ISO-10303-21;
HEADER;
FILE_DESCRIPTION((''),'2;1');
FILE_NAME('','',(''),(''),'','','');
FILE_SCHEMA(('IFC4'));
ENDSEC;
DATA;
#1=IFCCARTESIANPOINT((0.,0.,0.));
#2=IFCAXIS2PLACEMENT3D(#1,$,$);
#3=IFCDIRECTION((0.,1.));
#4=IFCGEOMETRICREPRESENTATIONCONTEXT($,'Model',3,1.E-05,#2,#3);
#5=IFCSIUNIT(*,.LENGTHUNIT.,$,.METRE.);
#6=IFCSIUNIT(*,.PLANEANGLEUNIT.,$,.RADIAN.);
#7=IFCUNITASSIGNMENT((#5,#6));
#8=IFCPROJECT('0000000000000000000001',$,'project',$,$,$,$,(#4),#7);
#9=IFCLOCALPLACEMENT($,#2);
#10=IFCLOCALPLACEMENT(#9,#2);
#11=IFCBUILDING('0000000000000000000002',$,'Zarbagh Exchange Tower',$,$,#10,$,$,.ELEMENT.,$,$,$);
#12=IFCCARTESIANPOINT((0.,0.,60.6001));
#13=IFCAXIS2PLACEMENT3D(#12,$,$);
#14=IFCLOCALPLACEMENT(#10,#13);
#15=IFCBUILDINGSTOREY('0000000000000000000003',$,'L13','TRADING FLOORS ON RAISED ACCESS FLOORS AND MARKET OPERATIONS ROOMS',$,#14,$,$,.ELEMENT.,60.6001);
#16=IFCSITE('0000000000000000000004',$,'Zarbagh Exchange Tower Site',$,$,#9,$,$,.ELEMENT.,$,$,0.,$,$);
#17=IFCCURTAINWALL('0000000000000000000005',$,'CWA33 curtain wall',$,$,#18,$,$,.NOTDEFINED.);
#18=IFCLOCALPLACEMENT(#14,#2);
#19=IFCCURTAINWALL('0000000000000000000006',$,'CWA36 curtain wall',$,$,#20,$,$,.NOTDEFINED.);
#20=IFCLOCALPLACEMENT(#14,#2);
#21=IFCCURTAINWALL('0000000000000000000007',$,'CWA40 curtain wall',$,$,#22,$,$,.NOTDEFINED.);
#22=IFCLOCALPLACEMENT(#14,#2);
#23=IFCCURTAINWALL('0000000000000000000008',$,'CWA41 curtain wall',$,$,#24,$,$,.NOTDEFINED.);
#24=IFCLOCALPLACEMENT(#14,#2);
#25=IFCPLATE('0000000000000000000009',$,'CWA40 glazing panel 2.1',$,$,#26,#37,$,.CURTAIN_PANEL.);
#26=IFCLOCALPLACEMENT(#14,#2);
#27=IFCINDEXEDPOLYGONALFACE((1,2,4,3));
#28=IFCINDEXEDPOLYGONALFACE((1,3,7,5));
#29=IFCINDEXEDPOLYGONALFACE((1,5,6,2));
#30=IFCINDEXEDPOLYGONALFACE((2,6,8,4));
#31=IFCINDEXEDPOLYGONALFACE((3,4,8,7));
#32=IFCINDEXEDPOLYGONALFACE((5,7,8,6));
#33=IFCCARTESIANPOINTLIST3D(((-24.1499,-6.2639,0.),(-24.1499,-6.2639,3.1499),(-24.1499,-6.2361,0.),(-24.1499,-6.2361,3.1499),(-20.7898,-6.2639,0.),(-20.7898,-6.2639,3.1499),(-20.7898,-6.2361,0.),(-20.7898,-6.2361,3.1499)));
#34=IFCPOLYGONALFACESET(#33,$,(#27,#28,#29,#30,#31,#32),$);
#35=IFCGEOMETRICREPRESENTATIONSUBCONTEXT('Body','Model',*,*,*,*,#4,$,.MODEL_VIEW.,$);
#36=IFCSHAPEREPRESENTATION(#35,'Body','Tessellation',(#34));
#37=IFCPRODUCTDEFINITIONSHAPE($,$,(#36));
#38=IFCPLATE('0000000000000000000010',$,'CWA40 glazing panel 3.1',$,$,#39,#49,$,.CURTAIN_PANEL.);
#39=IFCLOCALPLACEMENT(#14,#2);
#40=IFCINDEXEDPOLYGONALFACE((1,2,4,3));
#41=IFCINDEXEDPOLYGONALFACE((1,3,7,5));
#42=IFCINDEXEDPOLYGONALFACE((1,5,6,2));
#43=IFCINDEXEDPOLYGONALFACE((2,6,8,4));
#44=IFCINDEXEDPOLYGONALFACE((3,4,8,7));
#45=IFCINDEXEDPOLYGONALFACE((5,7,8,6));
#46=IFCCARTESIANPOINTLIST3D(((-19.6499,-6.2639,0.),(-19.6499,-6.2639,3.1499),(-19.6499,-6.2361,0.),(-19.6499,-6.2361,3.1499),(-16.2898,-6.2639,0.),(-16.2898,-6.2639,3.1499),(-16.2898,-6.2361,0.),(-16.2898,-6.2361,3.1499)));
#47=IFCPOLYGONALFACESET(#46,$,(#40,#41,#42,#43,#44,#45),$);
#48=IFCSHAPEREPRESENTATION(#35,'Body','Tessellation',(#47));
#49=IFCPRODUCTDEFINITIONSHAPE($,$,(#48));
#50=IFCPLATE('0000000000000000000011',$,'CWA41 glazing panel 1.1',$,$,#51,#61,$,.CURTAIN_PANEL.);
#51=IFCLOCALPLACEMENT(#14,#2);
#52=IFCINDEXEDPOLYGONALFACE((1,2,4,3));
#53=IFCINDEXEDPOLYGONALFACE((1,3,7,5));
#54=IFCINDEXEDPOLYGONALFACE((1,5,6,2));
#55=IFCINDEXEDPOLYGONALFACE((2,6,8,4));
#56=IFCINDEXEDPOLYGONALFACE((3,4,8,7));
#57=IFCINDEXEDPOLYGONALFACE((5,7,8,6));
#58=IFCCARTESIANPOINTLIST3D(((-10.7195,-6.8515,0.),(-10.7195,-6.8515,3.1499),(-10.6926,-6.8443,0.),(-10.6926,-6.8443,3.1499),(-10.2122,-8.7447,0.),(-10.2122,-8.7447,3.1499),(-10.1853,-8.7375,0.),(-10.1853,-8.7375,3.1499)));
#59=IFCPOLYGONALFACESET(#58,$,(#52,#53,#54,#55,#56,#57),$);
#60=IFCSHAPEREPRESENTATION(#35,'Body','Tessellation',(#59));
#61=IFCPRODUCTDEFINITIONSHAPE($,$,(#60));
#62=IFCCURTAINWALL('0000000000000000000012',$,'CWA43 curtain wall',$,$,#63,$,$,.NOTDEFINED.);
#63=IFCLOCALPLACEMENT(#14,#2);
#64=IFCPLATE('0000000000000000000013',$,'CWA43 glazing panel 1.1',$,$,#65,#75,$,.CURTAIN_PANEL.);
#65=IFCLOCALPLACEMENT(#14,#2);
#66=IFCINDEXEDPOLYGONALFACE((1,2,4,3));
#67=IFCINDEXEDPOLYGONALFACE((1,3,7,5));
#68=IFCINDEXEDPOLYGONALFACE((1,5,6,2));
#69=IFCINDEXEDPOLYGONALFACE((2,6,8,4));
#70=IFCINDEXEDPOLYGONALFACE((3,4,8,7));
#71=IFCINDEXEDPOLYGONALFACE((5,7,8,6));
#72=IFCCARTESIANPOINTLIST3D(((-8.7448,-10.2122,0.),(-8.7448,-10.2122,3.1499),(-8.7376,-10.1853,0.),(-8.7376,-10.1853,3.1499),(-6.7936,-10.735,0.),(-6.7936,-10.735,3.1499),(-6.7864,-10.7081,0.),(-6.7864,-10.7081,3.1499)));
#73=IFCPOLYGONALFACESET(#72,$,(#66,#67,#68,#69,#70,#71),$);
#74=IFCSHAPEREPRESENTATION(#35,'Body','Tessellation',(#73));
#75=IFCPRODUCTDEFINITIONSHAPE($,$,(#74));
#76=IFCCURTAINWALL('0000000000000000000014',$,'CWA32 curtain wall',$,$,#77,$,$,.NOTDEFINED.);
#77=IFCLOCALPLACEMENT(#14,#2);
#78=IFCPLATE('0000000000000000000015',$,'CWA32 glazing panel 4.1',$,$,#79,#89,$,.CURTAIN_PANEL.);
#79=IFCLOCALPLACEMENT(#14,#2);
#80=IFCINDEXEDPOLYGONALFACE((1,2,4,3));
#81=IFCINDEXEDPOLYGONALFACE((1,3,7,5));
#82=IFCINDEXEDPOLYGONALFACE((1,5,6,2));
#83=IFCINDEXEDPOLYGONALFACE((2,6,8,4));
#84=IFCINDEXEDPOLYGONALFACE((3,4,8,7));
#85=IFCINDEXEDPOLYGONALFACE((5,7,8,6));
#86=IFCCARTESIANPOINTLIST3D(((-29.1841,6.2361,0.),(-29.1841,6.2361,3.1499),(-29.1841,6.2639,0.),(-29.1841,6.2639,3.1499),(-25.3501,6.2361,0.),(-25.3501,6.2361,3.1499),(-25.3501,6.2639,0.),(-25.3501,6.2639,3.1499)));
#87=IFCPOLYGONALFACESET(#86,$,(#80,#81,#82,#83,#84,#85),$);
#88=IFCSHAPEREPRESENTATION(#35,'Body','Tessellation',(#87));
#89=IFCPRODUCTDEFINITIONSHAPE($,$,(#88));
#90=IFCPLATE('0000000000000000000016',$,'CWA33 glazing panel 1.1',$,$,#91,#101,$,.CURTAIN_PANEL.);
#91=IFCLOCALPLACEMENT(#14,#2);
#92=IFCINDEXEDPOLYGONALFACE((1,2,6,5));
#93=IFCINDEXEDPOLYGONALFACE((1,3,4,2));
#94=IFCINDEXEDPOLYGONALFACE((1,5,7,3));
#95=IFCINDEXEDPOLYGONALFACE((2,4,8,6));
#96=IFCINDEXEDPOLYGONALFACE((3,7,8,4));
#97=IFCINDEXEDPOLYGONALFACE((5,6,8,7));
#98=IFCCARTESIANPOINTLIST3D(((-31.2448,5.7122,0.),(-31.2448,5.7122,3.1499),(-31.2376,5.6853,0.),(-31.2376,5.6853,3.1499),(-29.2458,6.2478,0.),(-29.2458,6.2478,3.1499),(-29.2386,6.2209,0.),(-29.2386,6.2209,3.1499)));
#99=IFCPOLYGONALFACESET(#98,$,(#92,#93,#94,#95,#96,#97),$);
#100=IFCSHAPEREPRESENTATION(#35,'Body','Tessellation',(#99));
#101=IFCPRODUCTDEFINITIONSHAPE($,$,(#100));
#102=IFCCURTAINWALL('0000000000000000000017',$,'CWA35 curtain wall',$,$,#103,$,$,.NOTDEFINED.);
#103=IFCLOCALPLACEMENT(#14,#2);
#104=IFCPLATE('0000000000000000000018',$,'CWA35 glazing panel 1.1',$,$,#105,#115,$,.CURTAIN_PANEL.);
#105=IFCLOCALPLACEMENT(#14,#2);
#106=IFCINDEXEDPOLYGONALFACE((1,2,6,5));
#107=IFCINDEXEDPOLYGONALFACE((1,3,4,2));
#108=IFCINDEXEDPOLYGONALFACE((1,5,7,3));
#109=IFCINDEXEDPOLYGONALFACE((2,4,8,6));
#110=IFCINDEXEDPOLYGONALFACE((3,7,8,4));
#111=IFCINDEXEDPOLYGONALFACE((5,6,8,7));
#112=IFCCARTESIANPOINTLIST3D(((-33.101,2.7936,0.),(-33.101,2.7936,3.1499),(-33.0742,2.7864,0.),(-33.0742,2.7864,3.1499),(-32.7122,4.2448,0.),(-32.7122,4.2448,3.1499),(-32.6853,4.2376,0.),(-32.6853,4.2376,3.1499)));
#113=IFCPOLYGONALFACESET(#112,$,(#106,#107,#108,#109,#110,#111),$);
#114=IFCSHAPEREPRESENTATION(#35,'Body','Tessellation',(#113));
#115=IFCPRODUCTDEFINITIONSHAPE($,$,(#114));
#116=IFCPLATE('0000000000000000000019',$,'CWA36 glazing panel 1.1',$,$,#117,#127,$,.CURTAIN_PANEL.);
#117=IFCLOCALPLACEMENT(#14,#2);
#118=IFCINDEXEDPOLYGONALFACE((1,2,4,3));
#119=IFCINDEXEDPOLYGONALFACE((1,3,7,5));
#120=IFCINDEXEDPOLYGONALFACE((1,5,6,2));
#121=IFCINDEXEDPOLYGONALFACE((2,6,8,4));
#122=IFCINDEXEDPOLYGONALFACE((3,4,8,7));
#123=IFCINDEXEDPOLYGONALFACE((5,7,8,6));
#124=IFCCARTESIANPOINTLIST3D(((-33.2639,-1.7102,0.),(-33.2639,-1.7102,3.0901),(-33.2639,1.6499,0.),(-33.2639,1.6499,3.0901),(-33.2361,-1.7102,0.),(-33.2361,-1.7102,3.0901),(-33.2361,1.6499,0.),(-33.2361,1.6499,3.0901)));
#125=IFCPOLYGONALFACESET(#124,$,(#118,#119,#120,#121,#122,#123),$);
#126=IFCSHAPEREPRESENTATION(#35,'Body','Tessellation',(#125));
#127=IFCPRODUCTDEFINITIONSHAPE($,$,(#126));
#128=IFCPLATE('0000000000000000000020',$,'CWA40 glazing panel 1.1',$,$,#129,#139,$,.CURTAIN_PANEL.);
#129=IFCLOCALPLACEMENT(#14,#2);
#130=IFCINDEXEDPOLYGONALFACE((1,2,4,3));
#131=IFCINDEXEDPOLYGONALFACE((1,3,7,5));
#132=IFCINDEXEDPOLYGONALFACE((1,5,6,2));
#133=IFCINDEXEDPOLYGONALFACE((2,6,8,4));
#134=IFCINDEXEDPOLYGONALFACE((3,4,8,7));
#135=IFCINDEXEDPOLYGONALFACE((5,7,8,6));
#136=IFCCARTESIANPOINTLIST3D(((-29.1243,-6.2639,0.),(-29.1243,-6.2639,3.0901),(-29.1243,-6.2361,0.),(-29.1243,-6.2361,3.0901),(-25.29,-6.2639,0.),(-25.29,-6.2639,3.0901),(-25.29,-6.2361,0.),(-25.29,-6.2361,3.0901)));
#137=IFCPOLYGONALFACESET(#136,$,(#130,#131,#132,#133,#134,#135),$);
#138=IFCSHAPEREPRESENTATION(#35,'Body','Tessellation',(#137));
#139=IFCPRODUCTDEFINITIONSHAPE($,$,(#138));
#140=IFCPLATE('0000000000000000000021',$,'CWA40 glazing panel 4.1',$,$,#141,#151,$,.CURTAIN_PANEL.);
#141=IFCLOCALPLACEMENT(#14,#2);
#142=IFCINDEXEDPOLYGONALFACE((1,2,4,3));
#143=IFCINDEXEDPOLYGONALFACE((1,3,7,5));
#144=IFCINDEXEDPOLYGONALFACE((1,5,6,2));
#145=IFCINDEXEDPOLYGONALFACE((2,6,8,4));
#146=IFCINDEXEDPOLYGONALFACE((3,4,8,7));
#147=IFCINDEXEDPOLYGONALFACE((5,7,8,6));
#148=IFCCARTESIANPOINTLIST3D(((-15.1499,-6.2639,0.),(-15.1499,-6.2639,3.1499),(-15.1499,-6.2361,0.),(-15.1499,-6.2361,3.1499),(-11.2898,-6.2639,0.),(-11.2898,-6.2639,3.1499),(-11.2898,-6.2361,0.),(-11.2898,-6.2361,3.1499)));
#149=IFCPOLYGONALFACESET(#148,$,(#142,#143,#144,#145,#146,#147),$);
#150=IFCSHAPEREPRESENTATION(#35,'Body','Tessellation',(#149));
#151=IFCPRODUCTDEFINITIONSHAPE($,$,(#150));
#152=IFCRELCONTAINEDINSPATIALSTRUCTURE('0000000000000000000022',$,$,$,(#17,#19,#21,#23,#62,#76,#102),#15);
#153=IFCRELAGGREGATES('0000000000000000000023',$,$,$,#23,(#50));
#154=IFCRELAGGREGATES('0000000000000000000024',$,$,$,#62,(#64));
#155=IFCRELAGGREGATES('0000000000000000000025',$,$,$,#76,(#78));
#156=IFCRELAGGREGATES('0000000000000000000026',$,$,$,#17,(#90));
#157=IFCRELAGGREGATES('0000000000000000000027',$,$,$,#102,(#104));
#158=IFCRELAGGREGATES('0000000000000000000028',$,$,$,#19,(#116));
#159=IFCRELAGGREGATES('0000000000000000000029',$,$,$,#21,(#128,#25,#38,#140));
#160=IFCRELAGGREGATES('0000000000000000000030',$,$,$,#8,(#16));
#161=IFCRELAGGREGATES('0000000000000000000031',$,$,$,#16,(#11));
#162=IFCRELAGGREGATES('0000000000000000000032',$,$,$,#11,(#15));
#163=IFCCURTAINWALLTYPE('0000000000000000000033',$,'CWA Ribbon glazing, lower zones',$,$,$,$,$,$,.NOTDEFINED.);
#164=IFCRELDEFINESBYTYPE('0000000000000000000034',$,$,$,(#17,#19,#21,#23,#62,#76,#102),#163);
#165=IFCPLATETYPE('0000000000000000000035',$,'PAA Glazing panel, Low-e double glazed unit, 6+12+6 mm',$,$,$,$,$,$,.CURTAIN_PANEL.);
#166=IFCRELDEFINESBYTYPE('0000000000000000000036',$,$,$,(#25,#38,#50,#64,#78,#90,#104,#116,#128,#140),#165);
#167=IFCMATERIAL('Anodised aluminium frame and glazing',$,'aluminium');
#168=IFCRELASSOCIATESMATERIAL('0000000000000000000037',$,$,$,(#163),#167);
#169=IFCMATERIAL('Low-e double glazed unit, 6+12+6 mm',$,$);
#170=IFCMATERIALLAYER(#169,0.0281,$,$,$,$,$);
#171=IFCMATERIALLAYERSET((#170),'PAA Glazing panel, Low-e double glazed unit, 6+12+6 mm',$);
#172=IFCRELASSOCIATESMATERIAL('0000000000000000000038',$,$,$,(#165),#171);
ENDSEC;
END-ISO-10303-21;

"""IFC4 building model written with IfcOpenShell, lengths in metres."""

from ifc_helpers import new_model, si_unit, direction, frame, origin, place, context, subcontext, project, spatial, polyline, outline, extrude, source, transform, mapped, material, layer, layer_set, type_object, element, aggregate, save


model = new_model("IFC4")

# Units and contexts
model_context = context("Model", 3, precision=1e-05, world=origin(), true_north=direction((0.0, 1.0)))
body_context = subcontext(model_context, "Body", "Model", "MODEL_VIEW")
ifc_project = project(units=[si_unit("LENGTHUNIT", "METRE"), si_unit("PLANEANGLEUNIT", "RADIAN")], contexts=[model_context])

# Site, building, storey
site_placement = place(None, origin())
site = spatial("IfcSite", under=ifc_project, at=site_placement, Name="Zarbagh Exchange Tower Site", CompositionType="ELEMENT", RefElevation=0.0)
building_placement = place(site_placement, origin())
building = spatial("IfcBuilding", under=site, at=building_placement, Name="Zarbagh Exchange Tower", CompositionType="ELEMENT")
storey_placement = place(building_placement, frame((0.0, 0.0, 60.6001)))
storey = spatial("IfcBuildingStorey", under=building, at=storey_placement, Name="L13", Description="TRADING FLOORS ON RAISED ACCESS FLOORS AND MARKET OPERATIONS ROOMS", CompositionType="ELEMENT", Elevation=60.6001)

# Curtain walls
ifc_material_1 = material(Name="Anodised aluminium frame and glazing", Category="aluminium")
curtain_wall_type = type_object("IfcCurtainWallType", Name="CWA Ribbon glazing, lower zones", PredefinedType="NOTDEFINED", material=ifc_material_1)
curtain_wall_1_placement = place(storey_placement, origin())
curtain_wall_1 = element("IfcCurtainWall", 1, at=curtain_wall_1_placement, inside=storey, type_object=curtain_wall_type, Name="CWA33 curtain wall", PredefinedType="NOTDEFINED")
placement = place(storey_placement, origin())
curtain_wall_2_placement = place(storey_placement, origin())
curtain_wall_2 = element("IfcCurtainWall", 2, at=curtain_wall_2_placement, inside=storey, type_object=curtain_wall_type, Name="CWA36 curtain wall", PredefinedType="NOTDEFINED")

# Curtain wall
curtain_wall_3_placement = place(storey_placement, origin())
curtain_wall_3 = element("IfcCurtainWall", 3, at=curtain_wall_3_placement, inside=storey, type_object=curtain_wall_type, Name="CWA40 curtain wall", PredefinedType="NOTDEFINED")

# Curtain wall
curtain_wall_4_placement = place(storey_placement, origin())
curtain_wall_4 = element("IfcCurtainWall", 4, at=curtain_wall_4_placement, inside=storey, type_object=curtain_wall_type, Name="CWA41 curtain wall", PredefinedType="NOTDEFINED")

# Shared definitions
ifc_material_2 = material(Name="Low-e double glazed unit, 6+12+6 mm")
ifc_layer = layer(ifc_material_2, 0.0281)
ifc_layer_set = layer_set([ifc_layer], Name="PAA Glazing panel, Low-e double glazed unit, 6+12+6 mm")
plate_type = type_object("IfcPlateType", Name="PAA Glazing panel, Low-e double glazed unit, 6+12+6 mm", PredefinedType="CURTAIN_PANEL", material=ifc_layer_set)

# Plates
shared_shape_1 = source(origin(), body_context, "Body", "SweptSolid", [
    extrude(outline(polyline([(0.0, -0.0139), (3.3601, -0.0139), (3.3601, 0.0139), (0.0, 0.0139), (0.0, -0.0139)])), origin(), (0.0, 0.0, 1.0), 3.1499),
])
plate_1 = element("IfcPlate", 5, at=placement, type_object=plate_type, Name="CWA40 glazing panel 2.1", PredefinedType="CURTAIN_PANEL", context=body_context, shape_type="MappedRepresentation", body=[
    mapped(shared_shape_1, transform((-24.1499, -6.25, 0.0), x_axis=(1.0, 0.0, 0.0), y_axis=(0.0, 1.0, 0.0), z_axis=(0.0, 0.0, 1.0))),
])
plate_2 = element("IfcPlate", 6, at=placement, type_object=plate_type, Name="CWA40 glazing panel 3.1", PredefinedType="CURTAIN_PANEL", context=body_context, shape_type="MappedRepresentation", body=[
    mapped(shared_shape_1, transform((-19.6499, -6.25, 0.0), x_axis=(1.0, 0.0, 0.0), y_axis=(0.0, 1.0, 0.0), z_axis=(0.0, 0.0, 1.0))),
])
shared_shape_2 = source(origin(), body_context, "Body", "SweptSolid", [
    extrude(outline(polyline([(0.0, -0.0139), (1.96, -0.0139), (1.96, 0.0139), (0.0, 0.0139), (0.0, -0.0139)])), origin(), (0.0, 0.0, 1.0), 3.1499),
])
plate_3 = element("IfcPlate", 7, at=placement, type_object=plate_type, Name="CWA41 glazing panel 1.1", PredefinedType="CURTAIN_PANEL", context=body_context, shape_type="MappedRepresentation", body=[
    mapped(shared_shape_2, transform((-10.7061, -6.8479, 0.0), x_axis=(0.258825, -0.965924, 0.0), y_axis=(0.965924, 0.258825, 0.0), z_axis=(0.0, 0.0, 1.0))),
])
aggregate(curtain_wall_4, [plate_3])

# Curtain walls, plates
curtain_wall_5_placement = place(storey_placement, origin())
curtain_wall_5 = element("IfcCurtainWall", 8, at=curtain_wall_5_placement, inside=storey, type_object=curtain_wall_type, Name="CWA43 curtain wall", PredefinedType="NOTDEFINED")
shared_shape_3 = source(origin(), body_context, "Body", "SweptSolid", [
    extrude(outline(polyline([(0.0, -0.0139), (2.02, -0.0139), (2.02, 0.0139), (0.0, 0.0139), (0.0, -0.0139)])), origin(), (0.0, 0.0, 1.0), 3.1499),
])
plate_4 = element("IfcPlate", 9, at=placement, type_object=plate_type, Name="CWA43 glazing panel 1.1", PredefinedType="CURTAIN_PANEL", context=body_context, shape_type="MappedRepresentation", body=[
    mapped(shared_shape_3, transform((-8.7412, -10.1987, 0.0), x_axis=(0.965924, -0.258825, 0.0), y_axis=(0.258825, 0.965924, 0.0), z_axis=(0.0, 0.0, 1.0))),
])
aggregate(curtain_wall_5, [plate_4])
curtain_wall_6_placement = place(storey_placement, origin())
curtain_wall_6 = element("IfcCurtainWall", 10, at=curtain_wall_6_placement, inside=storey, type_object=curtain_wall_type, Name="CWA32 curtain wall", PredefinedType="NOTDEFINED")
shared_shape_4 = source(origin(), body_context, "Body", "SweptSolid", [
    extrude(outline(polyline([(0.0, -0.0139), (3.834, -0.0139), (3.834, 0.0139), (0.0, 0.0139), (0.0, -0.0139)])), origin(), (0.0, 0.0, 1.0), 3.1499),
])
plate_5 = element("IfcPlate", 11, at=placement, type_object=plate_type, Name="CWA32 glazing panel 4.1", PredefinedType="CURTAIN_PANEL", context=body_context, shape_type="MappedRepresentation", body=[
    mapped(shared_shape_4, transform((-25.3501, 6.25, 0.0), x_axis=(-1.0, 0.0, 0.0), y_axis=(0.0, -1.0, 0.0), z_axis=(0.0, 0.0, 1.0))),
])
aggregate(curtain_wall_6, [plate_5])

# Plate
shared_shape_5 = source(origin(), body_context, "Body", "SweptSolid", [
    extrude(outline(polyline([(0.0, -0.0139), (2.0696, -0.0139), (2.0696, 0.0139), (0.0, 0.0139), (0.0, -0.0139)])), origin(), (0.0, 0.0, 1.0), 3.1499),
])
plate_6 = element("IfcPlate", 12, at=placement, type_object=plate_type, Name="CWA33 glazing panel 1.1", PredefinedType="CURTAIN_PANEL", context=body_context, shape_type="MappedRepresentation", body=[
    mapped(shared_shape_5, transform((-29.2422, 6.2344, 0.0), x_axis=(-0.965924, -0.258825, 0.0), y_axis=(0.258825, -0.965924, 0.0), z_axis=(0.0, 0.0, 1.0))),
])
aggregate(curtain_wall_1, [plate_6])

# Curtain wall, plate
curtain_wall_7_placement = place(storey_placement, origin())
curtain_wall_7 = element("IfcCurtainWall", 13, at=curtain_wall_7_placement, inside=storey, type_object=curtain_wall_type, Name="CWA35 curtain wall", PredefinedType="NOTDEFINED")
shared_shape_6 = source(origin(), body_context, "Body", "SweptSolid", [
    extrude(outline(polyline([(0.0, -0.0139), (1.5024, -0.0139), (1.5024, 0.0139), (0.0, 0.0139), (0.0, -0.0139)])), origin(), (0.0, 0.0, 1.0), 3.1499),
])
plate_7 = element("IfcPlate", 14, at=placement, type_object=plate_type, Name="CWA35 glazing panel 1.1", PredefinedType="CURTAIN_PANEL", context=body_context, shape_type="MappedRepresentation", body=[
    mapped(shared_shape_6, transform((-32.6987, 4.2412, 0.0), x_axis=(-0.258825, -0.965924, 0.0), y_axis=(0.965924, -0.258825, 0.0), z_axis=(0.0, 0.0, 1.0))),
])
aggregate(curtain_wall_7, [plate_7])

# Plates
shared_shape_7 = source(origin(), body_context, "Body", "SweptSolid", [
    extrude(outline(polyline([(0.0, -0.0139), (3.3601, -0.0139), (3.3601, 0.0139), (0.0, 0.0139), (0.0, -0.0139)])), origin(), (0.0, 0.0, 1.0), 3.0901),
])
plate_8 = element("IfcPlate", 15, at=placement, type_object=plate_type, Name="CWA36 glazing panel 1.1", PredefinedType="CURTAIN_PANEL", context=body_context, shape_type="MappedRepresentation", body=[
    mapped(shared_shape_7, transform((-33.25, 1.6499, 0.0), x_axis=(0.0, -1.0, 0.0), y_axis=(1.0, 0.0, 0.0), z_axis=(0.0, 0.0, 1.0))),
])
aggregate(curtain_wall_2, [plate_8])
shared_shape_8 = source(origin(), body_context, "Body", "SweptSolid", [
    extrude(outline(polyline([(0.0, -0.0139), (3.8342, -0.0139), (3.8342, 0.0139), (0.0, 0.0139), (0.0, -0.0139)])), origin(), (0.0, 0.0, 1.0), 3.0901),
])
plate_9 = element("IfcPlate", 16, at=placement, type_object=plate_type, Name="CWA40 glazing panel 1.1", PredefinedType="CURTAIN_PANEL", context=body_context, shape_type="MappedRepresentation", body=[
    mapped(shared_shape_8, transform((-29.1243, -6.25, 0.0), x_axis=(1.0, 0.0, 0.0), y_axis=(0.0, 1.0, 0.0), z_axis=(0.0, 0.0, 1.0))),
])
shared_shape_9 = source(origin(), body_context, "Body", "SweptSolid", [
    extrude(outline(polyline([(0.0, -0.0139), (3.8601, -0.0139), (3.8601, 0.0139), (0.0, 0.0139), (0.0, -0.0139)])), origin(), (0.0, 0.0, 1.0), 3.1499),
])
plate_10 = element("IfcPlate", 17, at=placement, type_object=plate_type, Name="CWA40 glazing panel 4.1", PredefinedType="CURTAIN_PANEL", context=body_context, shape_type="MappedRepresentation", body=[
    mapped(shared_shape_9, transform((-15.1499, -6.25, 0.0), x_axis=(1.0, 0.0, 0.0), y_axis=(0.0, 1.0, 0.0), z_axis=(0.0, 0.0, 1.0))),
])
aggregate(curtain_wall_3, [plate_9, plate_1, plate_2, plate_10])

save(model, "model.ifc")
